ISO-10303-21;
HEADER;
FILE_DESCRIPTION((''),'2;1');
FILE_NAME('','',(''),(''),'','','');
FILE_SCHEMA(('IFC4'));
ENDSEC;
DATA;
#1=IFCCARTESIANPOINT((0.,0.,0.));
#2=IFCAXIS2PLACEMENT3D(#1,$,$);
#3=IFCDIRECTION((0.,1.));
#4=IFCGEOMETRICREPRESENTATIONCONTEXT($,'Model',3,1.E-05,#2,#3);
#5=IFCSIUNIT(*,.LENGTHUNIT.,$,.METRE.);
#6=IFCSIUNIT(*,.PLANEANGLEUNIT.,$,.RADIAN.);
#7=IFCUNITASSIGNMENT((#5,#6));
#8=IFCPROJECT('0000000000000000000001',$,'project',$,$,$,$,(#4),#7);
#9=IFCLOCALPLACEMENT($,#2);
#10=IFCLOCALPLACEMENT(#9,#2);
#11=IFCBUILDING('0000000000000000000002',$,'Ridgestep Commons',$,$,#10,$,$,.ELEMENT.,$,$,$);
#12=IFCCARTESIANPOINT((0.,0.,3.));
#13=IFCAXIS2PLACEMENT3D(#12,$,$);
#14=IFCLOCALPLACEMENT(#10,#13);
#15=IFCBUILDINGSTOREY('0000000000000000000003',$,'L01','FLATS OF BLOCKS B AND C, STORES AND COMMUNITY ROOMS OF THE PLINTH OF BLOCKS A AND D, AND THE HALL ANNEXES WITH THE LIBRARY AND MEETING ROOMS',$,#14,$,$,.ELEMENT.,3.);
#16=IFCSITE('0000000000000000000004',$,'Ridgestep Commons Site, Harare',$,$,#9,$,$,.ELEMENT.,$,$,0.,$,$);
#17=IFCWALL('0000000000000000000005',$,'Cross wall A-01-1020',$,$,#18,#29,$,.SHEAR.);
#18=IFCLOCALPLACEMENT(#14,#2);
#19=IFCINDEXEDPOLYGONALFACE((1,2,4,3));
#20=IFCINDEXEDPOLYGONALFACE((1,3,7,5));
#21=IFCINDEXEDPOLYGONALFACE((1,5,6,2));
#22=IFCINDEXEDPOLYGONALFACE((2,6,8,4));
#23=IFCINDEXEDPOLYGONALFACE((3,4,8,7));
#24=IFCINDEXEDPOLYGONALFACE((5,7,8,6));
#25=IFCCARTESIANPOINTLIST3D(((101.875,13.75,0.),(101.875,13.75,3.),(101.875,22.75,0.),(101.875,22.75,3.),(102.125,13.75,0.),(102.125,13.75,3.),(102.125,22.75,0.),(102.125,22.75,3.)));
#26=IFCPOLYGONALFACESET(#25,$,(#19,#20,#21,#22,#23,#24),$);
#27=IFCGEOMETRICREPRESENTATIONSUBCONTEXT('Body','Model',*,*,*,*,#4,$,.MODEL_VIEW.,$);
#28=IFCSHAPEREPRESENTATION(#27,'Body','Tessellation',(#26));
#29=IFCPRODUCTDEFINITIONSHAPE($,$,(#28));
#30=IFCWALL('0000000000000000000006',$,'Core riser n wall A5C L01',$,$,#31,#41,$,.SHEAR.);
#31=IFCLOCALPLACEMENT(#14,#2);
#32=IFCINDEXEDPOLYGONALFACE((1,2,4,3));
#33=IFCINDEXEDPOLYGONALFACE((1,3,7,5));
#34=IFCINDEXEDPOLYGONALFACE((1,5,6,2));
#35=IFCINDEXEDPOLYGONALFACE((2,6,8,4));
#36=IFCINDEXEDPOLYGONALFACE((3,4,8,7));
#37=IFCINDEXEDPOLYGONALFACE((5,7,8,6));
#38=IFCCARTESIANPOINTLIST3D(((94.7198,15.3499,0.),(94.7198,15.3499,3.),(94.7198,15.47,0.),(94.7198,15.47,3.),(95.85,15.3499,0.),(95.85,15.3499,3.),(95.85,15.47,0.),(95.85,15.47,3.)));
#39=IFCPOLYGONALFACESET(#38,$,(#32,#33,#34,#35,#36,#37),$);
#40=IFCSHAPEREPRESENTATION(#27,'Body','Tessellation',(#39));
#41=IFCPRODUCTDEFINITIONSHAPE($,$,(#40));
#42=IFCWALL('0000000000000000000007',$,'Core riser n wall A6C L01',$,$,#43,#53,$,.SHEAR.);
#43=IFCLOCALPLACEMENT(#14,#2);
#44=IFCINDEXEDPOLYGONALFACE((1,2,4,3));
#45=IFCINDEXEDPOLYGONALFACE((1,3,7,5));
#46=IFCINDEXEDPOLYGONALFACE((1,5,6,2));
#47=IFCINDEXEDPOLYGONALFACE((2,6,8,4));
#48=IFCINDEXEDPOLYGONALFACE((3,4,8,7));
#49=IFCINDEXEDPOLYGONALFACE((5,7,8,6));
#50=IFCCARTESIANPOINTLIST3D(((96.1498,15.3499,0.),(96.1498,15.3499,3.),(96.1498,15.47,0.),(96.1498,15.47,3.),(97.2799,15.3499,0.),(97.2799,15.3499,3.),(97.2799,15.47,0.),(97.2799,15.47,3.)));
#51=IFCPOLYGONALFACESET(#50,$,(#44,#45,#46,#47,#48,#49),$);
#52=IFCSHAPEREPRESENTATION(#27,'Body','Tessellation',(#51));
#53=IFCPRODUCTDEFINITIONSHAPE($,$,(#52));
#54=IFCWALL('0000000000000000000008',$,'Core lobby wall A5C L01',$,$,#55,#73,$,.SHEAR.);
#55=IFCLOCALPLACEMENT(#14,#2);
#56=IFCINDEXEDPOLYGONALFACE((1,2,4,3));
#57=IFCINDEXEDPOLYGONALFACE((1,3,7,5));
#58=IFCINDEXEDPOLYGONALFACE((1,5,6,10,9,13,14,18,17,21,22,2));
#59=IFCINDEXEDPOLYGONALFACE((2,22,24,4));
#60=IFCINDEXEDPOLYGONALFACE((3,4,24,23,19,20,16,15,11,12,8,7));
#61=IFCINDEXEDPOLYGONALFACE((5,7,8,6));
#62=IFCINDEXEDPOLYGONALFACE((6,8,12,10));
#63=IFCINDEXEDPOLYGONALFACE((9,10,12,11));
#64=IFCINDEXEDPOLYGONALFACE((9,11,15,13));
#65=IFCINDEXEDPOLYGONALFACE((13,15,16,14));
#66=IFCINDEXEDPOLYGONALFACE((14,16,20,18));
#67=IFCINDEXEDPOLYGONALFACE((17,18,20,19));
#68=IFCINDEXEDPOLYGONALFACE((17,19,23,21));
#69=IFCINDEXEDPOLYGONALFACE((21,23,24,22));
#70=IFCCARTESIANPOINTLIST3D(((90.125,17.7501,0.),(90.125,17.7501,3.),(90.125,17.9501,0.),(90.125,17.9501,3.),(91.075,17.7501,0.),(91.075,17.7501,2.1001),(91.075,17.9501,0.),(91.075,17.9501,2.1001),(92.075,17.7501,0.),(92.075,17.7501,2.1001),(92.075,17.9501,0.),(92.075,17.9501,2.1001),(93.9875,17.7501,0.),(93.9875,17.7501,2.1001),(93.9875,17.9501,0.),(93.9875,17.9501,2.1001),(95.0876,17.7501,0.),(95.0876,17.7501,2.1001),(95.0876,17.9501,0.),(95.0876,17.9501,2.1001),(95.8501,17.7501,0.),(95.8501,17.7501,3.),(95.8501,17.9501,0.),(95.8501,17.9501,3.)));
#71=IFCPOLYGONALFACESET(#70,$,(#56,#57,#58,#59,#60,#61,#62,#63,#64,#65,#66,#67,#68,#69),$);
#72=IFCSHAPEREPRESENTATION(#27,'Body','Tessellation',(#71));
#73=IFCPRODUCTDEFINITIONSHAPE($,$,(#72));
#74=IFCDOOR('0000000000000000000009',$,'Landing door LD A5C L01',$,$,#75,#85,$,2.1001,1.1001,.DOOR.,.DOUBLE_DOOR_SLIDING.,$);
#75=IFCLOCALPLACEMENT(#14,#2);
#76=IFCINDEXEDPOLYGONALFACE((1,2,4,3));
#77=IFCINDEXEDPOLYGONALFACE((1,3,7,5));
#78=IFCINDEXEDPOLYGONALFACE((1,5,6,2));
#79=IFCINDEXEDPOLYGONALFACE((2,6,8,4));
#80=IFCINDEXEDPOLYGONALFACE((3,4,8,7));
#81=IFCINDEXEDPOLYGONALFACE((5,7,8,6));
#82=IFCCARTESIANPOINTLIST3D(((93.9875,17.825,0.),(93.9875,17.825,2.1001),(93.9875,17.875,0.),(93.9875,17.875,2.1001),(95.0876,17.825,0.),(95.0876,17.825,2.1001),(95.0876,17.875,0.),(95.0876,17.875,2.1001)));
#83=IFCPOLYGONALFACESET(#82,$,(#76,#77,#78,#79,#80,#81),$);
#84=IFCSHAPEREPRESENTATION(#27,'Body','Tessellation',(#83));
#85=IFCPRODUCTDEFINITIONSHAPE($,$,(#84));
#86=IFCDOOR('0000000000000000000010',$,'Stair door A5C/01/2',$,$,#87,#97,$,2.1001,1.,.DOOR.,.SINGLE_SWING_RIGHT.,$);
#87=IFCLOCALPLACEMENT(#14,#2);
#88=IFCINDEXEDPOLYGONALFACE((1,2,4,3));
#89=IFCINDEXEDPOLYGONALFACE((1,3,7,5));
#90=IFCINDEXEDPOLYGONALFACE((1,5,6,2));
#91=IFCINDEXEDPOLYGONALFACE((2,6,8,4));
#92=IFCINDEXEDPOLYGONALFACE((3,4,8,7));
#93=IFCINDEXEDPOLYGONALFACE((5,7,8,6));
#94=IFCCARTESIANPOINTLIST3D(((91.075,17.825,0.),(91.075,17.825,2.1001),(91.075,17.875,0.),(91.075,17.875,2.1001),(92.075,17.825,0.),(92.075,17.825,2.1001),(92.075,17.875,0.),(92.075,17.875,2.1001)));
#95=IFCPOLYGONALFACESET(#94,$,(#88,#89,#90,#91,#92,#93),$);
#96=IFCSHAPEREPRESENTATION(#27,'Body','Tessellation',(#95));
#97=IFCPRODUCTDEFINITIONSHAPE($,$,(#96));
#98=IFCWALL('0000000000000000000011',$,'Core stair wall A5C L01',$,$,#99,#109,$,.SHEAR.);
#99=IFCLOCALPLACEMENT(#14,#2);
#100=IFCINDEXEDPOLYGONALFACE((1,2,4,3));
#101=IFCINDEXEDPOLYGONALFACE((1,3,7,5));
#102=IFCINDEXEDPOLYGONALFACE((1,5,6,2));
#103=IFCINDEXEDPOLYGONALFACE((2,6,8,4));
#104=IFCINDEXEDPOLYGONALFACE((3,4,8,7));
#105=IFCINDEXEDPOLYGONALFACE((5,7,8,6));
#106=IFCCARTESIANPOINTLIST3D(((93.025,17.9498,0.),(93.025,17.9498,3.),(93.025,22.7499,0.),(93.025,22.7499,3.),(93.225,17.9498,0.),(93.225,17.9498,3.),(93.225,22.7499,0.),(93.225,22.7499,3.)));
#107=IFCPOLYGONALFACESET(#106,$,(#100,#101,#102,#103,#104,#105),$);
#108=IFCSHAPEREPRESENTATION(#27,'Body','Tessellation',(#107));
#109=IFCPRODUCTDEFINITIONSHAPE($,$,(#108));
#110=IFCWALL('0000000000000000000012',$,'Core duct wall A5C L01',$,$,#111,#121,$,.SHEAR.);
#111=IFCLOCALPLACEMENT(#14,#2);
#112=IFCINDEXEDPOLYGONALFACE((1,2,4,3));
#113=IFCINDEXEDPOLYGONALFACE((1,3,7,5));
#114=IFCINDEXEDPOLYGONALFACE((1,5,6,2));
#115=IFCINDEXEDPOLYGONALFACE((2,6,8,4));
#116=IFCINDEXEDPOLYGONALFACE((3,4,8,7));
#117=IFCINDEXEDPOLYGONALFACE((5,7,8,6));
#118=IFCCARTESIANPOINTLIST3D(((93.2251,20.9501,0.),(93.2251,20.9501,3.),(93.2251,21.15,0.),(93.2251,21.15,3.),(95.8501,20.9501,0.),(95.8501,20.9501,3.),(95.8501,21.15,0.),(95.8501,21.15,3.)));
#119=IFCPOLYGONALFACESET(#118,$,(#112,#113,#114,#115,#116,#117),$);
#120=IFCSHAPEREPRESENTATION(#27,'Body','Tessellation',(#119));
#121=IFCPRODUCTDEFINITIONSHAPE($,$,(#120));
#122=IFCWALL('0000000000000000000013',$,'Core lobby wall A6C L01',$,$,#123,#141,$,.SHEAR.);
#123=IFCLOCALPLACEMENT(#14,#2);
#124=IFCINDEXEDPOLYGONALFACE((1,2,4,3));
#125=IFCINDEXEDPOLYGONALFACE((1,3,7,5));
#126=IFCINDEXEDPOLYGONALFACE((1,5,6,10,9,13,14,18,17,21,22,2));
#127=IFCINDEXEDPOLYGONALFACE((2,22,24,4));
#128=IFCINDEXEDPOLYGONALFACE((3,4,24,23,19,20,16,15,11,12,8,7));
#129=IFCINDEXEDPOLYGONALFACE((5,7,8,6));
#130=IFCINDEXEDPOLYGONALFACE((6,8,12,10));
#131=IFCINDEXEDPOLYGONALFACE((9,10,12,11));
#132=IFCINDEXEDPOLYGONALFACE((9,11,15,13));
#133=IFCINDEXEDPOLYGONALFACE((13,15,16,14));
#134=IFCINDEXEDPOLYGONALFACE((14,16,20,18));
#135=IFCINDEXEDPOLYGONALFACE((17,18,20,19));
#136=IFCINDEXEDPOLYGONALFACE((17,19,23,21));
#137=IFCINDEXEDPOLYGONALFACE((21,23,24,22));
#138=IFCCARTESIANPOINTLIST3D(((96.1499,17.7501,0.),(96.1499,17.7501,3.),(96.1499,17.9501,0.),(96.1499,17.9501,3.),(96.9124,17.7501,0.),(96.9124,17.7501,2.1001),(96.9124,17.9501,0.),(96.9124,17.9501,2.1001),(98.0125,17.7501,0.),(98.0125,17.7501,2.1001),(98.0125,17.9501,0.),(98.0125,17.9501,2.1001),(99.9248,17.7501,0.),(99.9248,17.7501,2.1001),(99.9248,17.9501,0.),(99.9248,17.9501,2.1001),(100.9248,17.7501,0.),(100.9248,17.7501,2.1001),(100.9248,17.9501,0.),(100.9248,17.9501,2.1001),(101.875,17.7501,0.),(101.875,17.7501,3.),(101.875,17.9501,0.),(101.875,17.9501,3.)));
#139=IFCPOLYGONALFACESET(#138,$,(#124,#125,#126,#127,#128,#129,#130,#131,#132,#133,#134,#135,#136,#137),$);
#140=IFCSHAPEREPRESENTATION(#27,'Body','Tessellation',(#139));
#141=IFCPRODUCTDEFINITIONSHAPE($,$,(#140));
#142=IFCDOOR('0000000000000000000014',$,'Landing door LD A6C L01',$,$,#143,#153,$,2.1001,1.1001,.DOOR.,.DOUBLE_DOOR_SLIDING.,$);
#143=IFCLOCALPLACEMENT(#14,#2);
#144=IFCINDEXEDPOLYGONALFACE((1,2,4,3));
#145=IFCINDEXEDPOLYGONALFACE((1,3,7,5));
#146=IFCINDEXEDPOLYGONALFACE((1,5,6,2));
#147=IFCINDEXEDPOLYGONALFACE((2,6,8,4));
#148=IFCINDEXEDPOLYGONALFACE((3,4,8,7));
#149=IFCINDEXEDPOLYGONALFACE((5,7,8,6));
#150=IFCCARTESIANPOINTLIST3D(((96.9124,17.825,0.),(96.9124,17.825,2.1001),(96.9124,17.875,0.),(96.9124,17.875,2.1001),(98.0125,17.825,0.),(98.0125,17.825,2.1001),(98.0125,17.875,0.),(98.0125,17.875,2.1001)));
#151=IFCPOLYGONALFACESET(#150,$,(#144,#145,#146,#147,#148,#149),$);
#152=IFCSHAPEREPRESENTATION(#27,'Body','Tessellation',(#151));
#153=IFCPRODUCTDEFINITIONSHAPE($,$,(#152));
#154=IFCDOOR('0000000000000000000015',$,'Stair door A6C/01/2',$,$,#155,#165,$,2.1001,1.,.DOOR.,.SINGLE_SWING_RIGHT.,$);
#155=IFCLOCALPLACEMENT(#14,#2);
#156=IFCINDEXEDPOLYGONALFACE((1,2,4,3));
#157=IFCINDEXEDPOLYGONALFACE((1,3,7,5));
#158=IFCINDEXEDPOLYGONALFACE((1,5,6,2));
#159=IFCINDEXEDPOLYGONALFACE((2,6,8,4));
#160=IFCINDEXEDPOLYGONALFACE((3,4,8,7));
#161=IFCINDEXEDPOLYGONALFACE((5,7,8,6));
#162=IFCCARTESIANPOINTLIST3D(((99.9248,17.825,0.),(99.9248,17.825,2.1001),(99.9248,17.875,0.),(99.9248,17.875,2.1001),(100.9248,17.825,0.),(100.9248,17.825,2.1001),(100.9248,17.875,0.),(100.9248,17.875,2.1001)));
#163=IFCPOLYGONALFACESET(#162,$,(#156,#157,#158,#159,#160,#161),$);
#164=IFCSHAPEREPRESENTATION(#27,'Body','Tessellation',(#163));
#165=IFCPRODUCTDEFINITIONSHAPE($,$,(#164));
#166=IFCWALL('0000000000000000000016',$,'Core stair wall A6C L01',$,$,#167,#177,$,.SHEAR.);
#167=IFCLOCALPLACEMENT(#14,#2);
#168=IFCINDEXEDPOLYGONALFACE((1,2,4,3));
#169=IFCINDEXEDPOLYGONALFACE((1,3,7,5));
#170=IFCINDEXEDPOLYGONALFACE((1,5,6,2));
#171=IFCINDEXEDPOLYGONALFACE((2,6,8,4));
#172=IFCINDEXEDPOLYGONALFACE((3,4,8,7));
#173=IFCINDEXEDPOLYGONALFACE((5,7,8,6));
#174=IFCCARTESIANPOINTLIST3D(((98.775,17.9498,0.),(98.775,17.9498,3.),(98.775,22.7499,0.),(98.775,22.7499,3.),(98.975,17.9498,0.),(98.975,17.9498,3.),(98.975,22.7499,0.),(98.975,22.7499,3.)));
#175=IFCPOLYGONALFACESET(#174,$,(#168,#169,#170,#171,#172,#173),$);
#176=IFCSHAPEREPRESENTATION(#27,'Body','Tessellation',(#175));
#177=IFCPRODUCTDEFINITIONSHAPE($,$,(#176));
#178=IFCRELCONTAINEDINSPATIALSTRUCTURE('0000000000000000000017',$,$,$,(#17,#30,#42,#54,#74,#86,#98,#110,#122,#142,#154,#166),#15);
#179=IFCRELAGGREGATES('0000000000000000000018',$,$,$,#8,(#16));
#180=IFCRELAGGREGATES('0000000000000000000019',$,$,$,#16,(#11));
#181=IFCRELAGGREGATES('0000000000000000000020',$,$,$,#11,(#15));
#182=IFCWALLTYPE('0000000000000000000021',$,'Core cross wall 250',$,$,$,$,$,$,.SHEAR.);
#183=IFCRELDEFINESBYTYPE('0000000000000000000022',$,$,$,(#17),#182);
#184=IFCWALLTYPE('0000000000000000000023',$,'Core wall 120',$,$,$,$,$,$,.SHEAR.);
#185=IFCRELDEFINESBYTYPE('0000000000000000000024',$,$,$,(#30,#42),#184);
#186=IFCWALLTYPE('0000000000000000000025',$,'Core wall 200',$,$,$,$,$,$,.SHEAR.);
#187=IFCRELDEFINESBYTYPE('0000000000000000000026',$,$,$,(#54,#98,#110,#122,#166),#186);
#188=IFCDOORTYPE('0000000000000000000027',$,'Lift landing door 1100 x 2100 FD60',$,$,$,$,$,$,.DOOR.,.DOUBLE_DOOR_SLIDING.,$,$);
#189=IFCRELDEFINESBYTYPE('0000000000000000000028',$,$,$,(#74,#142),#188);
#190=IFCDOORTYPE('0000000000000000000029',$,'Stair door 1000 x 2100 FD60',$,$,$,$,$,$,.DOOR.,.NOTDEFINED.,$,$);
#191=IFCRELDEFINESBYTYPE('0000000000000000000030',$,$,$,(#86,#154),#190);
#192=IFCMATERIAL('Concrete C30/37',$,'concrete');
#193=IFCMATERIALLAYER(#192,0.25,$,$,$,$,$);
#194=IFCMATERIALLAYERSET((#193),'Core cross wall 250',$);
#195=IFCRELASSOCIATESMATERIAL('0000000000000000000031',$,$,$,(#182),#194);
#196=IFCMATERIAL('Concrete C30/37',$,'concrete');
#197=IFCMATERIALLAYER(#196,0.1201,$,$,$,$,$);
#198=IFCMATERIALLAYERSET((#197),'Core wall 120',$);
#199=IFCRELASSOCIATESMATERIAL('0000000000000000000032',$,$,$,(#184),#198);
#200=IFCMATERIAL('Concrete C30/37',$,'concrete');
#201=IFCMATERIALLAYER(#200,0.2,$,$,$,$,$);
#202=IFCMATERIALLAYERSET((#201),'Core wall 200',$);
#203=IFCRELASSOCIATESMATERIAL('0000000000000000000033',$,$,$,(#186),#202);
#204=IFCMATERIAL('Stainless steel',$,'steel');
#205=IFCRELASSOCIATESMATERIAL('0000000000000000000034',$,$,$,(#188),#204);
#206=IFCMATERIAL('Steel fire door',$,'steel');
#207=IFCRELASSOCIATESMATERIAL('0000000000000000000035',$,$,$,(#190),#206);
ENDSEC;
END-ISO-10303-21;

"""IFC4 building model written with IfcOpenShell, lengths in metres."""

from ifc_helpers import new_model, si_unit, direction, frame, frame_2d, origin, place, context, subcontext, project, spatial, rectangle, extrude, material, layer, layer_set, type_object, element, fill, save


model = new_model("IFC4")

# Units and contexts
model_context = context("Model", 3, precision=1e-05, world=origin(), true_north=direction((0.0, 1.0)))
body_context = subcontext(model_context, "Body", "Model", "MODEL_VIEW")
ifc_project = project(units=[si_unit("LENGTHUNIT", "METRE"), si_unit("PLANEANGLEUNIT", "RADIAN")], contexts=[model_context])

# Site, building, storey
site_placement = place(None, origin())
site = spatial("IfcSite", under=ifc_project, at=site_placement, Name="Ridgestep Commons Site, Harare", CompositionType="ELEMENT", RefElevation=0.0)
building_placement = place(site_placement, origin())
building = spatial("IfcBuilding", under=site, at=building_placement, Name="Ridgestep Commons", CompositionType="ELEMENT")
storey_placement = place(building_placement, frame((0.0, 0.0, 3.0)))
storey = spatial("IfcBuildingStorey", under=building, at=storey_placement, Name="L01", Description="FLATS OF BLOCKS B AND C, STORES AND COMMUNITY ROOMS OF THE PLINTH OF BLOCKS A AND D, AND THE HALL ANNEXES WITH THE LIBRARY AND MEETING ROOMS", CompositionType="ELEMENT", Elevation=3.0)

# Walls
ifc_material_1 = material(Name="Concrete C30/37", Category="concrete")
ifc_layer_1 = layer(ifc_material_1, 0.25)
ifc_layer_set_1 = layer_set([ifc_layer_1], Name="Core cross wall 250")
wall_type_1 = type_object("IfcWallType", Name="Core cross wall 250", PredefinedType="SHEAR", material=ifc_layer_set_1)
wall_1_placement = place(storey_placement, frame((102.0, 13.75, 0.0), z_axis=(0.0, 0.0, 1.0), x_axis=(0.0, 1.0, 0.0)))
element("IfcWall", 1, at=wall_1_placement, inside=storey, type_object=wall_type_1, Name="Cross wall A-01-1020", PredefinedType="SHEAR", context=body_context, shape_type="SweptSolid", body=[
    extrude(rectangle(XDim=9.0, YDim=0.25, at=frame_2d((4.5, 0.0))), origin(), (0.0, 0.0, 1.0), 3.0),
])
ifc_material_2 = material(Name="Concrete C30/37", Category="concrete")
ifc_layer_2 = layer(ifc_material_2, 0.1201)
ifc_layer_set_2 = layer_set([ifc_layer_2], Name="Core wall 120")
wall_type_2 = type_object("IfcWallType", Name="Core wall 120", PredefinedType="SHEAR", material=ifc_layer_set_2)
for number, where, z_axis, x_axis, name in (
    (2, (94.72, 15.4099, 0.0), (0.0, 0.0, 1.0), (1.0, 0.0, 0.0), "Core riser n wall A5C L01"),
    (3, (96.1499, 15.4099, 0.0), (0.0, 0.0, 1.0), (1.0, 0.0, 0.0), "Core riser n wall A6C L01"),
):
    element("IfcWall", number, at=place(storey_placement, frame(where, z_axis=z_axis, x_axis=x_axis)), inside=storey, type_object=wall_type_2, Name=name, PredefinedType="SHEAR", context=body_context, shape_type="SweptSolid", body=[
        extrude(rectangle(XDim=1.1301, YDim=0.1201, at=frame_2d((0.5649, 0.0))), origin(), (0.0, 0.0, 1.0), 3.0),
    ])

# Wall, openings, doors
ifc_material_3 = material(Name="Concrete C30/37", Category="concrete")
ifc_layer_3 = layer(ifc_material_3, 0.2)
ifc_layer_set_3 = layer_set([ifc_layer_3], Name="Core wall 200")
wall_type_3 = type_object("IfcWallType", Name="Core wall 200", PredefinedType="SHEAR", material=ifc_layer_set_3)
wall_2_placement = place(storey_placement, frame((90.125, 17.8501, 0.0), z_axis=(0.0, 0.0, 1.0), x_axis=(1.0, 0.0, 0.0)))
wall_2 = element("IfcWall", 4, at=wall_2_placement, inside=storey, type_object=wall_type_3, Name="Core lobby wall A5C L01", PredefinedType="SHEAR", context=body_context, shape_type="SweptSolid", body=[
    extrude(rectangle(XDim=5.7251, YDim=0.2, at=frame_2d((2.8625, 0.0))), origin(), (0.0, 0.0, 1.0), 3.0),
])
opening_1_placement = place(wall_2_placement, frame((0.95, 0.0, 0.0)))
opening_1 = element("IfcOpeningElement", 5, at=opening_1_placement, cuts=wall_2, PredefinedType="OPENING", context=body_context, shape_type="SweptSolid", body=[
    extrude(rectangle(XDim=1.0, YDim=2.1001, at=frame_2d((0.5, 1.05))), frame((0.0, 0.1099, 0.0), z_axis=(0.0, -1.0, 0.0), x_axis=(1.0, 0.0, 0.0)), (0.0, 0.0, 1.0), 0.22),
])
opening_2_placement = place(wall_2_placement, frame((3.8625, 0.0, 0.0)))
opening_2 = element("IfcOpeningElement", 6, at=opening_2_placement, cuts=wall_2, PredefinedType="OPENING", context=body_context, shape_type="SweptSolid", body=[
    extrude(rectangle(XDim=1.1001, YDim=2.1001, at=frame_2d((0.55, 1.05))), frame((0.0, 0.1099, 0.0), z_axis=(0.0, -1.0, 0.0), x_axis=(1.0, 0.0, 0.0)), (0.0, 0.0, 1.0), 0.22),
])
ifc_material_4 = material(Name="Stainless steel", Category="steel")
door_type_1 = type_object("IfcDoorType", Name="Lift landing door 1100 x 2100 FD60", OperationType="DOUBLE_DOOR_SLIDING", PredefinedType="DOOR", material=ifc_material_4)
door_1_placement = place(opening_2_placement, origin())
door_1 = element("IfcDoor", 7, at=door_1_placement, inside=storey, type_object=door_type_1, Name="Landing door LD A5C L01", OperationType="DOUBLE_DOOR_SLIDING", OverallHeight=2.1001, OverallWidth=1.1001, PredefinedType="DOOR", context=body_context, shape_type="SweptSolid", body=[
    extrude(rectangle(XDim=1.1001, YDim=2.1001, at=frame_2d((0.55, 1.05))), frame((0.0, 0.0249, 0.0), z_axis=(0.0, -1.0, 0.0), x_axis=(1.0, 0.0, 0.0)), (0.0, 0.0, 1.0), 0.05),
])
fill(opening_2, door_1)
ifc_material_5 = material(Name="Steel fire door", Category="steel")
door_type_2 = type_object("IfcDoorType", Name="Stair door 1000 x 2100 FD60", OperationType="NOTDEFINED", PredefinedType="DOOR", material=ifc_material_5)
door_2_placement = place(opening_1_placement, origin())
door_2 = element("IfcDoor", 8, at=door_2_placement, inside=storey, type_object=door_type_2, Name="Stair door A5C/01/2", OperationType="SINGLE_SWING_RIGHT", OverallHeight=2.1001, OverallWidth=1.0, PredefinedType="DOOR", context=body_context, shape_type="SweptSolid", body=[
    extrude(rectangle(XDim=1.0, YDim=2.1001, at=frame_2d((0.5, 1.05))), frame((0.0, 0.0249, 0.0), z_axis=(0.0, -1.0, 0.0), x_axis=(1.0, 0.0, 0.0)), (0.0, 0.0, 1.0), 0.05),
])
fill(opening_1, door_2)

# Walls
wall_3_placement = place(storey_placement, frame((93.125, 17.95, 0.0), z_axis=(0.0, 0.0, 1.0), x_axis=(0.0, 1.0, 0.0)))
element("IfcWall", 9, at=wall_3_placement, inside=storey, type_object=wall_type_3, Name="Core stair wall A5C L01", PredefinedType="SHEAR", context=body_context, shape_type="SweptSolid", body=[
    extrude(rectangle(XDim=4.8, YDim=0.2, at=frame_2d((2.3999, 0.0))), origin(), (0.0, 0.0, 1.0), 3.0),
])
wall_4_placement = place(storey_placement, frame((93.2251, 21.05, 0.0), z_axis=(0.0, 0.0, 1.0), x_axis=(1.0, 0.0, 0.0)))
element("IfcWall", 10, at=wall_4_placement, inside=storey, type_object=wall_type_3, Name="Core duct wall A5C L01", PredefinedType="SHEAR", context=body_context, shape_type="SweptSolid", body=[
    extrude(rectangle(XDim=2.625, YDim=0.2, at=frame_2d((1.3125, 0.0))), origin(), (0.0, 0.0, 1.0), 3.0),
])

# Wall, openings, doors
wall_5_placement = place(storey_placement, frame((96.1499, 17.8501, 0.0), z_axis=(0.0, 0.0, 1.0), x_axis=(1.0, 0.0, 0.0)))
wall_5 = element("IfcWall", 11, at=wall_5_placement, inside=storey, type_object=wall_type_3, Name="Core lobby wall A6C L01", PredefinedType="SHEAR", context=body_context, shape_type="SweptSolid", body=[
    extrude(rectangle(XDim=5.7251, YDim=0.2, at=frame_2d((2.8625, 0.0))), origin(), (0.0, 0.0, 1.0), 3.0),
])
opening_3_placement = place(wall_5_placement, frame((3.7749, 0.0, 0.0)))
opening_3 = element("IfcOpeningElement", 12, at=opening_3_placement, cuts=wall_5, PredefinedType="OPENING", context=body_context, shape_type="SweptSolid", body=[
    extrude(rectangle(XDim=1.0, YDim=2.1001, at=frame_2d((0.5, 1.05))), frame((0.0, 0.1099, 0.0), z_axis=(0.0, -1.0, 0.0), x_axis=(1.0, 0.0, 0.0)), (0.0, 0.0, 1.0), 0.22),
])
opening_4_placement = place(wall_5_placement, frame((0.7625, 0.0, 0.0)))
opening_4 = element("IfcOpeningElement", 13, at=opening_4_placement, cuts=wall_5, PredefinedType="OPENING", context=body_context, shape_type="SweptSolid", body=[
    extrude(rectangle(XDim=1.1001, YDim=2.1001, at=frame_2d((0.55, 1.05))), frame((0.0, 0.1099, 0.0), z_axis=(0.0, -1.0, 0.0), x_axis=(1.0, 0.0, 0.0)), (0.0, 0.0, 1.0), 0.22),
])
door_3_placement = place(opening_4_placement, origin())
door_3 = element("IfcDoor", 14, at=door_3_placement, inside=storey, type_object=door_type_1, Name="Landing door LD A6C L01", OperationType="DOUBLE_DOOR_SLIDING", OverallHeight=2.1001, OverallWidth=1.1001, PredefinedType="DOOR", context=body_context, shape_type="SweptSolid", body=[
    extrude(rectangle(XDim=1.1001, YDim=2.1001, at=frame_2d((0.55, 1.05))), frame((0.0, 0.0249, 0.0), z_axis=(0.0, -1.0, 0.0), x_axis=(1.0, 0.0, 0.0)), (0.0, 0.0, 1.0), 0.05),
])
fill(opening_4, door_3)
door_4_placement = place(opening_3_placement, origin())
door_4 = element("IfcDoor", 15, at=door_4_placement, inside=storey, type_object=door_type_2, Name="Stair door A6C/01/2", OperationType="SINGLE_SWING_RIGHT", OverallHeight=2.1001, OverallWidth=1.0, PredefinedType="DOOR", context=body_context, shape_type="SweptSolid", body=[
    extrude(rectangle(XDim=1.0, YDim=2.1001, at=frame_2d((0.5, 1.05))), frame((0.0, 0.0249, 0.0), z_axis=(0.0, -1.0, 0.0), x_axis=(1.0, 0.0, 0.0)), (0.0, 0.0, 1.0), 0.05),
])
fill(opening_3, door_4)

# Wall
wall_6_placement = place(storey_placement, frame((98.875, 17.95, 0.0), z_axis=(0.0, 0.0, 1.0), x_axis=(0.0, 1.0, 0.0)))
element("IfcWall", 16, at=wall_6_placement, inside=storey, type_object=wall_type_3, Name="Core stair wall A6C L01", PredefinedType="SHEAR", context=body_context, shape_type="SweptSolid", body=[
    extrude(rectangle(XDim=4.8, YDim=0.2, at=frame_2d((2.3999, 0.0))), origin(), (0.0, 0.0, 1.0), 3.0),
])

save(model, "model.ifc")
